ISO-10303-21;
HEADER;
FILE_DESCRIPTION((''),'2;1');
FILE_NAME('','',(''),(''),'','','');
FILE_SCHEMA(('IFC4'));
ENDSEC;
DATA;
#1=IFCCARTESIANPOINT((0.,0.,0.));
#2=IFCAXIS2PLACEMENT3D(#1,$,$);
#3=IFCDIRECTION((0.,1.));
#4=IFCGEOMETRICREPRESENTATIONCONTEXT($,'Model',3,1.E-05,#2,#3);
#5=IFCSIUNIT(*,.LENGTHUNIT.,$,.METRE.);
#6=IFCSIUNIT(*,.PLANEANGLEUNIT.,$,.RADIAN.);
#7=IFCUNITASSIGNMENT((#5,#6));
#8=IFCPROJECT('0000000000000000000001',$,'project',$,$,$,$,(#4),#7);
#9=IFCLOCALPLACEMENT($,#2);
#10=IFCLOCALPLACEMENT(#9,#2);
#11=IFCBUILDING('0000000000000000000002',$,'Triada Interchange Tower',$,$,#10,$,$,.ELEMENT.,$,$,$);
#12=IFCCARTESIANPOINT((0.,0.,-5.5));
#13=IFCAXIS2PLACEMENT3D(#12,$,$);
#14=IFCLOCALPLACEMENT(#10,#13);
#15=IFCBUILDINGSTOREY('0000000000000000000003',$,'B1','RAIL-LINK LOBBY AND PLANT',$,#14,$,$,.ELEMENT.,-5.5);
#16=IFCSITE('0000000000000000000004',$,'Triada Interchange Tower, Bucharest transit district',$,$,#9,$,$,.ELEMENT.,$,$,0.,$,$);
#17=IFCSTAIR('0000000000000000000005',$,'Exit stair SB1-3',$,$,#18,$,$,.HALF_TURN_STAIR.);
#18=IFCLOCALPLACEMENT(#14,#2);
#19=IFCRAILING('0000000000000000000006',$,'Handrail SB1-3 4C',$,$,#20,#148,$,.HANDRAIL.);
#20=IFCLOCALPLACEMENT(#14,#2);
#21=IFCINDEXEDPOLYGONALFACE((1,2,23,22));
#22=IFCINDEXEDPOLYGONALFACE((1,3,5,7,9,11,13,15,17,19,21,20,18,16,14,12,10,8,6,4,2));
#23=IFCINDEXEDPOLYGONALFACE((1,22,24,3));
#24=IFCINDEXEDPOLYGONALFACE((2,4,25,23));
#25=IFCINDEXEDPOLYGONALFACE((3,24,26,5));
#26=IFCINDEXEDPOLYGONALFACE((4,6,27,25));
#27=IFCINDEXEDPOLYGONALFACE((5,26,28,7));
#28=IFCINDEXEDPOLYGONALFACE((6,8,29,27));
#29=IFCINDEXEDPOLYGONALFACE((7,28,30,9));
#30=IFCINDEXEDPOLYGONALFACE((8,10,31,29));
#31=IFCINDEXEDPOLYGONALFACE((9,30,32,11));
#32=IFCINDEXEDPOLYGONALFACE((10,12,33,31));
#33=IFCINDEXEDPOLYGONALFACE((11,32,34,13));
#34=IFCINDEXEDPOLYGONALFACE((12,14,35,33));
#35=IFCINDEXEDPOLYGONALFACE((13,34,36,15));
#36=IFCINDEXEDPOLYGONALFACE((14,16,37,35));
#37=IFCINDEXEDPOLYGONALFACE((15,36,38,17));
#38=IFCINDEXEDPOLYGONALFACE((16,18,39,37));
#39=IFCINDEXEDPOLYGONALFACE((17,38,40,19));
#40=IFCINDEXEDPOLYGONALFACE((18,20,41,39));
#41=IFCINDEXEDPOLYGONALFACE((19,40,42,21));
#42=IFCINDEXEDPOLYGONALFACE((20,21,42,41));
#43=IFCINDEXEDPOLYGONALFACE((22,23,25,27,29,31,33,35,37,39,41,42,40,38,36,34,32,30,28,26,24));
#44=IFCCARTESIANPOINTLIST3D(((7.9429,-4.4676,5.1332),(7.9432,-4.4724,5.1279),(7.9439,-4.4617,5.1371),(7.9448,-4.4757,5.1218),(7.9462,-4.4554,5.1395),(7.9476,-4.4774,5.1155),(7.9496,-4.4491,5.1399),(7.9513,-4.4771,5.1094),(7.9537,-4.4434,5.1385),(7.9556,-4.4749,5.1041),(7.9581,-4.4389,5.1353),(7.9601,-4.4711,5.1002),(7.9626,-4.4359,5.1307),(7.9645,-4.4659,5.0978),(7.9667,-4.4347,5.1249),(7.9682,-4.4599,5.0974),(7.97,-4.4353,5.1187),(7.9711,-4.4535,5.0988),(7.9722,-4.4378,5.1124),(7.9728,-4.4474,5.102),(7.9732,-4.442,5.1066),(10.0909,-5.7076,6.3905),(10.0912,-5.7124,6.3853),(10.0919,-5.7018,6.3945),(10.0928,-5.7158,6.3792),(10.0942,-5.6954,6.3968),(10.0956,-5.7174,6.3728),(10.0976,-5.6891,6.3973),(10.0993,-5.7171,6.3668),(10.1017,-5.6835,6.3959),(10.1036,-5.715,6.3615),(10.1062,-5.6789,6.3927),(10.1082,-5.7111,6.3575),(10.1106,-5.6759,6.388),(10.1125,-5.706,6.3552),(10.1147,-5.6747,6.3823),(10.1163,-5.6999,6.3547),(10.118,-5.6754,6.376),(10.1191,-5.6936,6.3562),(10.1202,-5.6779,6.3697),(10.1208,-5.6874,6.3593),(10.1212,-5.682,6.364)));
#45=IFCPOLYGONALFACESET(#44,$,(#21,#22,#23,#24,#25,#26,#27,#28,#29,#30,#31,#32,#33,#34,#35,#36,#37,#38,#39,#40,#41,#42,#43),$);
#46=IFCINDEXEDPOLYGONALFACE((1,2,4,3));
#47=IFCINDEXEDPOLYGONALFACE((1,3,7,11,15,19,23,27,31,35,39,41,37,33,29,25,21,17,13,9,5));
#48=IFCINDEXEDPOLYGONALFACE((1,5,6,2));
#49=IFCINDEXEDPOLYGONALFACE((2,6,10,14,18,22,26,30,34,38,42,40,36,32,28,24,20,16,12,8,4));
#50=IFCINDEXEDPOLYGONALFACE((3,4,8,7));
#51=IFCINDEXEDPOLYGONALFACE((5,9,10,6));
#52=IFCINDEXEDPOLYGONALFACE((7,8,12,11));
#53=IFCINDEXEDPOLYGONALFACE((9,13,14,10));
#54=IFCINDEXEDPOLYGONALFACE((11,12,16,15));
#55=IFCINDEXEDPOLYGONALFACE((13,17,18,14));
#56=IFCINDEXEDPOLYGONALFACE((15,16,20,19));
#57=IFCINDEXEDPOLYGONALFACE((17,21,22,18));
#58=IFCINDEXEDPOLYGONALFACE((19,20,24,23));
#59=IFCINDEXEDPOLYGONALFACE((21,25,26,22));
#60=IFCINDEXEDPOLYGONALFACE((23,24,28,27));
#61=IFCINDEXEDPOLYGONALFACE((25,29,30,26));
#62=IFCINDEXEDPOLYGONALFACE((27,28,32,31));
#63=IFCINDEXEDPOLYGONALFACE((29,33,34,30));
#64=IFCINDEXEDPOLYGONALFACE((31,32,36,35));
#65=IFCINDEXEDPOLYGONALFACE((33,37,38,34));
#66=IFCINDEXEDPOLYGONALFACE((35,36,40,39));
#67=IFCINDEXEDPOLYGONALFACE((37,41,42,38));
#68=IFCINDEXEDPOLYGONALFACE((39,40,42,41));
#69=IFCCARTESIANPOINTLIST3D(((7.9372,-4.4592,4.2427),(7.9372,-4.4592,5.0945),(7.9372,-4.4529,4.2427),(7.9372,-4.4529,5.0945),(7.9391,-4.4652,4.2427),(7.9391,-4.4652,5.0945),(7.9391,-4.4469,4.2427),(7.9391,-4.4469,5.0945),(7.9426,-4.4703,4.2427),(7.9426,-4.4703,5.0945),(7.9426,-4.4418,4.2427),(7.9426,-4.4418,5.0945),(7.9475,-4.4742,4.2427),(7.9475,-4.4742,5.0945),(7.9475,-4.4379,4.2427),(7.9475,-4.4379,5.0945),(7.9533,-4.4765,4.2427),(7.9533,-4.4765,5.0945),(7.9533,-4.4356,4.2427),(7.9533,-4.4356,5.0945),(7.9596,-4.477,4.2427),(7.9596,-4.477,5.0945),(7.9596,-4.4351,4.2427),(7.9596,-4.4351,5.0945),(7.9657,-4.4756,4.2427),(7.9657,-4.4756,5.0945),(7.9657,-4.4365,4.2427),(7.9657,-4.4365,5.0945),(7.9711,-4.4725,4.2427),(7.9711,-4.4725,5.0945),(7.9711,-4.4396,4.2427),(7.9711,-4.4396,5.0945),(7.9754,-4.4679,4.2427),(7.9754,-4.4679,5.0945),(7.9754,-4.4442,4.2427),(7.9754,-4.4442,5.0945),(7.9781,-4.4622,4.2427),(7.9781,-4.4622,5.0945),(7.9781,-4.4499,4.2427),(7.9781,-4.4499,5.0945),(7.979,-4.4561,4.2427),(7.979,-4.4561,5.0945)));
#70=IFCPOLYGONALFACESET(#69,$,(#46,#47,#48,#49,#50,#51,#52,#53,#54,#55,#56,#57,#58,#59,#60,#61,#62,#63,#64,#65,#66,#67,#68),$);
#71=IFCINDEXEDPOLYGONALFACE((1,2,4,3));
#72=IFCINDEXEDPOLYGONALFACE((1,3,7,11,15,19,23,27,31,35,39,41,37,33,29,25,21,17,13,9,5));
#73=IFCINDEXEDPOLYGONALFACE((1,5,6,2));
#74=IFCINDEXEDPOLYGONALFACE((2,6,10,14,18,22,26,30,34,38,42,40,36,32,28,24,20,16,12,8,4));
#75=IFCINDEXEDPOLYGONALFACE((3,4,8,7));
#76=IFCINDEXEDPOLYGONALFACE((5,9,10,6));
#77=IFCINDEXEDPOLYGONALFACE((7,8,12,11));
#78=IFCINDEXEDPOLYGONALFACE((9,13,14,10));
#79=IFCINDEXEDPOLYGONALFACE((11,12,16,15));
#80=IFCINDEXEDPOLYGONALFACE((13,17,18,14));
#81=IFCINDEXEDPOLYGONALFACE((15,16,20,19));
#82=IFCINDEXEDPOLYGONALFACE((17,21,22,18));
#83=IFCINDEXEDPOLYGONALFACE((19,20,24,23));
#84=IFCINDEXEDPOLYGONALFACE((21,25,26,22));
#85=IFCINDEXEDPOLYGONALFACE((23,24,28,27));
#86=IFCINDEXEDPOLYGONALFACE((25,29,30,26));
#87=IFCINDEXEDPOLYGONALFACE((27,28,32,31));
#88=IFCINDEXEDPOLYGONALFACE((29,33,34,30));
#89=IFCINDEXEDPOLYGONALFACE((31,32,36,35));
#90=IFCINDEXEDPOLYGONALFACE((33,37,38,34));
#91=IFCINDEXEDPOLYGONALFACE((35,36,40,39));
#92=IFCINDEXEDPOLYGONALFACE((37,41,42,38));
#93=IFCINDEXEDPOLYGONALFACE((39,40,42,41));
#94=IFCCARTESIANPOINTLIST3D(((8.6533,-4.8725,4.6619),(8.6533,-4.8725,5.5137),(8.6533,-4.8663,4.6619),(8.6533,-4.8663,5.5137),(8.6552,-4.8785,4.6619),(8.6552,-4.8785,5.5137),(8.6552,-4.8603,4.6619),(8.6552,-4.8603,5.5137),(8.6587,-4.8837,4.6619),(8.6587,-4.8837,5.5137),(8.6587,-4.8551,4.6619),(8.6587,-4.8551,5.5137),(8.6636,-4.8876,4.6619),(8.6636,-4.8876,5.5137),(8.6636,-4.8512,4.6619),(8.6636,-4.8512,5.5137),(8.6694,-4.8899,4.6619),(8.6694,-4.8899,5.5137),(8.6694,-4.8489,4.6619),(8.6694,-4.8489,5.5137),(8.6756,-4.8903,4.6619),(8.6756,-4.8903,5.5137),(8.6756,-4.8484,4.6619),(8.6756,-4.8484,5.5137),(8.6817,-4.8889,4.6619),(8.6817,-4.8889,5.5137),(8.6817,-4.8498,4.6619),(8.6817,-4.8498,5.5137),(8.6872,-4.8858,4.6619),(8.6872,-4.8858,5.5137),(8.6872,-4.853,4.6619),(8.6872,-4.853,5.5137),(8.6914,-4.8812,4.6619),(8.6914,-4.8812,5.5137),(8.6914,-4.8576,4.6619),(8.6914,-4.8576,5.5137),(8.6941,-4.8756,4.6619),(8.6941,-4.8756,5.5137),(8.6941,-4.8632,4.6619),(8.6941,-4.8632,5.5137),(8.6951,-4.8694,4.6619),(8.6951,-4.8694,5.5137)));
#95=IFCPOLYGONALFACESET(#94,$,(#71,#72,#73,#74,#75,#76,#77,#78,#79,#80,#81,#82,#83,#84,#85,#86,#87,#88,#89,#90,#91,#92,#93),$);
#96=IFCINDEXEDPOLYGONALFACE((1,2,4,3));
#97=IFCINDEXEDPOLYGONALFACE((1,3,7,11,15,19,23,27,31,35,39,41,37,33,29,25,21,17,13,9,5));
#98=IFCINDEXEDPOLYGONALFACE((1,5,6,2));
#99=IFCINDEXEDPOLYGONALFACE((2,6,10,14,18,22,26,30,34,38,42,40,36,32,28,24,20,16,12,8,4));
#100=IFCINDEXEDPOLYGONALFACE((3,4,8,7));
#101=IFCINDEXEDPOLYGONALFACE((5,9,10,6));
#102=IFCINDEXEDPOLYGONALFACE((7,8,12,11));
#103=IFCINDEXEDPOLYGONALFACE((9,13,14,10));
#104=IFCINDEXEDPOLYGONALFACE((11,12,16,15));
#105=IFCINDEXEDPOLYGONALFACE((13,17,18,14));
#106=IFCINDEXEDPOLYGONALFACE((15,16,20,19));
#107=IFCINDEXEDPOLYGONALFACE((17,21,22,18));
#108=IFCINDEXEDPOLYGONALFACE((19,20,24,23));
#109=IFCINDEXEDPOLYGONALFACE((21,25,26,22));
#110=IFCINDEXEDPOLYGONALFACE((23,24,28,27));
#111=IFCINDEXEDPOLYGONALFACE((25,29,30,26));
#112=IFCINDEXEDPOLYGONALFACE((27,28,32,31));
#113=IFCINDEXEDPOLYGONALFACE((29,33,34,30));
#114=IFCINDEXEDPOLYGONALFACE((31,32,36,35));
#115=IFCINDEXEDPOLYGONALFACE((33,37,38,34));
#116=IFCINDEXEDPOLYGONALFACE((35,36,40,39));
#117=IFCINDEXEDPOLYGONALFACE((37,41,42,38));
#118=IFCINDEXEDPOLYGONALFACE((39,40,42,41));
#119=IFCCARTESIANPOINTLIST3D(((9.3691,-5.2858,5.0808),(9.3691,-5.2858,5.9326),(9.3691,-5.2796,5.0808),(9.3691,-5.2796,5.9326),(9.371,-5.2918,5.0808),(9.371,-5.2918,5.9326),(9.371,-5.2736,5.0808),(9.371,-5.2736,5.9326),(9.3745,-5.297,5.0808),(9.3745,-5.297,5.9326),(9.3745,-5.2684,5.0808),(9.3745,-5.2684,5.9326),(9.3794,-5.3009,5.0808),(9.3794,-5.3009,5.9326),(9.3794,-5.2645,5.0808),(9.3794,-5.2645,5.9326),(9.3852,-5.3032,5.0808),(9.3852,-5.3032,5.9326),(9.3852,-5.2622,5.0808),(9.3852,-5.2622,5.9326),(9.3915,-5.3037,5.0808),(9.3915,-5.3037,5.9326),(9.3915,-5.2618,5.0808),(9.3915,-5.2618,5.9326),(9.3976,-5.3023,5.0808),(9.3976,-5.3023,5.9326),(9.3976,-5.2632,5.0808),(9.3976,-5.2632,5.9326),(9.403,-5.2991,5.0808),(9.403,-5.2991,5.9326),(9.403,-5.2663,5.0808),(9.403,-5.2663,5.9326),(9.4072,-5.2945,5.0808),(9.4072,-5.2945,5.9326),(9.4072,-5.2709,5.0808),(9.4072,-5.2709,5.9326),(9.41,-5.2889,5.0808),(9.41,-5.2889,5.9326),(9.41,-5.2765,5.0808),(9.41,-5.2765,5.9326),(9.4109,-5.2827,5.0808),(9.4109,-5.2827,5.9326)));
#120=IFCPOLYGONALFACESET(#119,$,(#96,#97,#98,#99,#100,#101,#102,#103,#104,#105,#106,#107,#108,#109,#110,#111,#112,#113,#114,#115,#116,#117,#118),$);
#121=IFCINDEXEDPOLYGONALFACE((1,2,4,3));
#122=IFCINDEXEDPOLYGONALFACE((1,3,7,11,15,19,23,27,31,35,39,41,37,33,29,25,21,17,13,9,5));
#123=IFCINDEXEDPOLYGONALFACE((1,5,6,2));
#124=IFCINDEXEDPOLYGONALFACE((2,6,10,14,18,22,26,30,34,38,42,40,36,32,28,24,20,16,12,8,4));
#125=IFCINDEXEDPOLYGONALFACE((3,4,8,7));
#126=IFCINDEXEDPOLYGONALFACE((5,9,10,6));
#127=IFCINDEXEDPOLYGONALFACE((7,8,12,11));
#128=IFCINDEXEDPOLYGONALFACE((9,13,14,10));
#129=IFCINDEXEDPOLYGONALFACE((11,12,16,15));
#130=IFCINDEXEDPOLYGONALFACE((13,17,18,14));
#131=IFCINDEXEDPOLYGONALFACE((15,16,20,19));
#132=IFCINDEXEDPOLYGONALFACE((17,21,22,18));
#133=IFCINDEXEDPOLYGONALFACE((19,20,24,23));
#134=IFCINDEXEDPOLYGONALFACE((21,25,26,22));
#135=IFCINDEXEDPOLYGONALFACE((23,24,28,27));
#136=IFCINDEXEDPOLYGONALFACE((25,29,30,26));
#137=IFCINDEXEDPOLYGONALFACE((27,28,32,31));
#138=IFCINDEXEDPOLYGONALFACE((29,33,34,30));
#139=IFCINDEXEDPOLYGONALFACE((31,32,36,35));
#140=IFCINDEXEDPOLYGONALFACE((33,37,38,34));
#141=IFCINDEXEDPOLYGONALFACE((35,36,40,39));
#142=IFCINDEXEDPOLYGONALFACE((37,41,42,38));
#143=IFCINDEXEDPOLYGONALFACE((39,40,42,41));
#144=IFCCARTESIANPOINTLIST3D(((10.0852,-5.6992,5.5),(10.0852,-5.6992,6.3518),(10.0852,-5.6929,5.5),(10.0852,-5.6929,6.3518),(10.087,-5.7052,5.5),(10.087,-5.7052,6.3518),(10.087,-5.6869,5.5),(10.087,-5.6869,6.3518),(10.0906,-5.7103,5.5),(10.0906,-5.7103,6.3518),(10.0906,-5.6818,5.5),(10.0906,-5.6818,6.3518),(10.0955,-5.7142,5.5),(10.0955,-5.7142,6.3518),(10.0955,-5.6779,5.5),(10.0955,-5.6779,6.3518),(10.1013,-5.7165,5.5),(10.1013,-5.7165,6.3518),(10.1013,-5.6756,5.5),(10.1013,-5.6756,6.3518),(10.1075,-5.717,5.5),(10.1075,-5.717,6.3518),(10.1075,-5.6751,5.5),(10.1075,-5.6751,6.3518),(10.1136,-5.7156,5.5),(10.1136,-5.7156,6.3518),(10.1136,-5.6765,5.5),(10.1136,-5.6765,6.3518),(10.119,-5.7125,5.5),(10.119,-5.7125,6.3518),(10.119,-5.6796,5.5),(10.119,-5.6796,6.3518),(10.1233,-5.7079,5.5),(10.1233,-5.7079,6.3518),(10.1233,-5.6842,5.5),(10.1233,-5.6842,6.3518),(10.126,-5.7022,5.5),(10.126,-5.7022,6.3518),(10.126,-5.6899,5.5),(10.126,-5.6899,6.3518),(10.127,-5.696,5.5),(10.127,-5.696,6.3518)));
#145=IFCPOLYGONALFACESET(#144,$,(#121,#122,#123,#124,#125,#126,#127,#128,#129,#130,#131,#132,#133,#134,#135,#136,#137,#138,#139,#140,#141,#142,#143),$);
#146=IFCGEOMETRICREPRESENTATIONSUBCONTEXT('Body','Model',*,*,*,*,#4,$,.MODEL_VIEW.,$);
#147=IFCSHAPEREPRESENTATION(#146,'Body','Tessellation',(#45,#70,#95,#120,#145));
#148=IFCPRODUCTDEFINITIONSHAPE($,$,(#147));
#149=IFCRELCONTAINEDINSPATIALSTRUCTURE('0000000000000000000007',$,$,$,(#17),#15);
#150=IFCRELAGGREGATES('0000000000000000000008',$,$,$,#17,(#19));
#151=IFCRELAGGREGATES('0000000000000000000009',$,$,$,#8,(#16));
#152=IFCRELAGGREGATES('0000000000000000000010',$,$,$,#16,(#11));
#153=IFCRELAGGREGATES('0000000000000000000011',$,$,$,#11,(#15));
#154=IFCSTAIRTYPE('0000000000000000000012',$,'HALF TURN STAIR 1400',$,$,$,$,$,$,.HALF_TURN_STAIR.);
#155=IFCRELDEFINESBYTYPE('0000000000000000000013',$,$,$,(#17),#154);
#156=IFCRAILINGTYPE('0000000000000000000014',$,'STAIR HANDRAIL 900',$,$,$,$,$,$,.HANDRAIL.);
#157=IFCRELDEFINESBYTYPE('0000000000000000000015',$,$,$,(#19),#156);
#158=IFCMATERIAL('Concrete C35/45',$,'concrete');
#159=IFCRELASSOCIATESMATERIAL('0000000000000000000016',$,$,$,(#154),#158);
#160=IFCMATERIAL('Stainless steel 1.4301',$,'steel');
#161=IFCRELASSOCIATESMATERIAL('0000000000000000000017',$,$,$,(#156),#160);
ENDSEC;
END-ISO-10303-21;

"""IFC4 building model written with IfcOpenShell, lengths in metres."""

from ifc_helpers import new_model, si_unit, direction, frame, origin, origin_2d, place, context, subcontext, project, spatial, circle, extrude, material, type_object, element, aggregate, save


model = new_model("IFC4")

# Units and contexts
model_context = context("Model", 3, precision=1e-05, world=origin(), true_north=direction((0.0, 1.0)))
body_context = subcontext(model_context, "Body", "Model", "MODEL_VIEW")
ifc_project = project(units=[si_unit("LENGTHUNIT", "METRE"), si_unit("PLANEANGLEUNIT", "RADIAN")], contexts=[model_context])

# Site, building, storey
site_placement = place(None, origin())
site = spatial("IfcSite", under=ifc_project, at=site_placement, Name="Triada Interchange Tower, Bucharest transit district", CompositionType="ELEMENT", RefElevation=0.0)
building_placement = place(site_placement, origin())
building = spatial("IfcBuilding", under=site, at=building_placement, Name="Triada Interchange Tower", CompositionType="ELEMENT")
storey_placement = place(building_placement, frame((0.0, 0.0, -5.5)))
storey = spatial("IfcBuildingStorey", under=building, at=storey_placement, Name="B1", Description="RAIL-LINK LOBBY AND PLANT", CompositionType="ELEMENT", Elevation=-5.5)

# Stair, railing
ifc_material_1 = material(Name="Concrete C35/45", Category="concrete")
stair_type = type_object("IfcStairType", Name="HALF TURN STAIR 1400", PredefinedType="HALF_TURN_STAIR", material=ifc_material_1)
stair_placement = place(storey_placement, origin())
stair = element("IfcStair", 1, at=stair_placement, inside=storey, type_object=stair_type, Name="Exit stair SB1-3", PredefinedType="HALF_TURN_STAIR")
ifc_material_2 = material(Name="Stainless steel 1.4301", Category="steel")
railing_type = type_object("IfcRailingType", Name="STAIR HANDRAIL 900", PredefinedType="HANDRAIL", material=ifc_material_2)
railing_1_placement = place(storey_placement, frame((7.958, -4.4561, 4.2427)))
railing_1 = element("IfcRailing", 2, at=railing_1_placement, type_object=railing_type, Name="Handrail SB1-3 4C", PredefinedType="HANDRAIL", context=body_context, shape_type="SweptSolid", body=[
    extrude(circle(Radius=0.0239, at=origin_2d()), frame((0.0, 0.0, 0.876), z_axis=(0.772457, -0.445932, 0.452166), x_axis=(0.499961, 0.866048, 0.0)), (0.0, 0.0, 1.0), 2.7808),
    extrude(circle(Radius=0.021, at=origin_2d()), origin(), (0.0, 0.0, 1.0), 0.8518),
    extrude(circle(Radius=0.021, at=origin_2d()), frame((0.7161, -0.4133, 0.4192)), (0.0, 0.0, 1.0), 0.8518),
    extrude(circle(Radius=0.021, at=origin_2d()), frame((1.4319, -0.8267, 0.8381)), (0.0, 0.0, 1.0), 0.8518),
    extrude(circle(Radius=0.021, at=origin_2d()), frame((2.1479, -1.24, 1.2573)), (0.0, 0.0, 1.0), 0.8518),
])
aggregate(stair, [railing_1])

save(model, "model.ifc")
